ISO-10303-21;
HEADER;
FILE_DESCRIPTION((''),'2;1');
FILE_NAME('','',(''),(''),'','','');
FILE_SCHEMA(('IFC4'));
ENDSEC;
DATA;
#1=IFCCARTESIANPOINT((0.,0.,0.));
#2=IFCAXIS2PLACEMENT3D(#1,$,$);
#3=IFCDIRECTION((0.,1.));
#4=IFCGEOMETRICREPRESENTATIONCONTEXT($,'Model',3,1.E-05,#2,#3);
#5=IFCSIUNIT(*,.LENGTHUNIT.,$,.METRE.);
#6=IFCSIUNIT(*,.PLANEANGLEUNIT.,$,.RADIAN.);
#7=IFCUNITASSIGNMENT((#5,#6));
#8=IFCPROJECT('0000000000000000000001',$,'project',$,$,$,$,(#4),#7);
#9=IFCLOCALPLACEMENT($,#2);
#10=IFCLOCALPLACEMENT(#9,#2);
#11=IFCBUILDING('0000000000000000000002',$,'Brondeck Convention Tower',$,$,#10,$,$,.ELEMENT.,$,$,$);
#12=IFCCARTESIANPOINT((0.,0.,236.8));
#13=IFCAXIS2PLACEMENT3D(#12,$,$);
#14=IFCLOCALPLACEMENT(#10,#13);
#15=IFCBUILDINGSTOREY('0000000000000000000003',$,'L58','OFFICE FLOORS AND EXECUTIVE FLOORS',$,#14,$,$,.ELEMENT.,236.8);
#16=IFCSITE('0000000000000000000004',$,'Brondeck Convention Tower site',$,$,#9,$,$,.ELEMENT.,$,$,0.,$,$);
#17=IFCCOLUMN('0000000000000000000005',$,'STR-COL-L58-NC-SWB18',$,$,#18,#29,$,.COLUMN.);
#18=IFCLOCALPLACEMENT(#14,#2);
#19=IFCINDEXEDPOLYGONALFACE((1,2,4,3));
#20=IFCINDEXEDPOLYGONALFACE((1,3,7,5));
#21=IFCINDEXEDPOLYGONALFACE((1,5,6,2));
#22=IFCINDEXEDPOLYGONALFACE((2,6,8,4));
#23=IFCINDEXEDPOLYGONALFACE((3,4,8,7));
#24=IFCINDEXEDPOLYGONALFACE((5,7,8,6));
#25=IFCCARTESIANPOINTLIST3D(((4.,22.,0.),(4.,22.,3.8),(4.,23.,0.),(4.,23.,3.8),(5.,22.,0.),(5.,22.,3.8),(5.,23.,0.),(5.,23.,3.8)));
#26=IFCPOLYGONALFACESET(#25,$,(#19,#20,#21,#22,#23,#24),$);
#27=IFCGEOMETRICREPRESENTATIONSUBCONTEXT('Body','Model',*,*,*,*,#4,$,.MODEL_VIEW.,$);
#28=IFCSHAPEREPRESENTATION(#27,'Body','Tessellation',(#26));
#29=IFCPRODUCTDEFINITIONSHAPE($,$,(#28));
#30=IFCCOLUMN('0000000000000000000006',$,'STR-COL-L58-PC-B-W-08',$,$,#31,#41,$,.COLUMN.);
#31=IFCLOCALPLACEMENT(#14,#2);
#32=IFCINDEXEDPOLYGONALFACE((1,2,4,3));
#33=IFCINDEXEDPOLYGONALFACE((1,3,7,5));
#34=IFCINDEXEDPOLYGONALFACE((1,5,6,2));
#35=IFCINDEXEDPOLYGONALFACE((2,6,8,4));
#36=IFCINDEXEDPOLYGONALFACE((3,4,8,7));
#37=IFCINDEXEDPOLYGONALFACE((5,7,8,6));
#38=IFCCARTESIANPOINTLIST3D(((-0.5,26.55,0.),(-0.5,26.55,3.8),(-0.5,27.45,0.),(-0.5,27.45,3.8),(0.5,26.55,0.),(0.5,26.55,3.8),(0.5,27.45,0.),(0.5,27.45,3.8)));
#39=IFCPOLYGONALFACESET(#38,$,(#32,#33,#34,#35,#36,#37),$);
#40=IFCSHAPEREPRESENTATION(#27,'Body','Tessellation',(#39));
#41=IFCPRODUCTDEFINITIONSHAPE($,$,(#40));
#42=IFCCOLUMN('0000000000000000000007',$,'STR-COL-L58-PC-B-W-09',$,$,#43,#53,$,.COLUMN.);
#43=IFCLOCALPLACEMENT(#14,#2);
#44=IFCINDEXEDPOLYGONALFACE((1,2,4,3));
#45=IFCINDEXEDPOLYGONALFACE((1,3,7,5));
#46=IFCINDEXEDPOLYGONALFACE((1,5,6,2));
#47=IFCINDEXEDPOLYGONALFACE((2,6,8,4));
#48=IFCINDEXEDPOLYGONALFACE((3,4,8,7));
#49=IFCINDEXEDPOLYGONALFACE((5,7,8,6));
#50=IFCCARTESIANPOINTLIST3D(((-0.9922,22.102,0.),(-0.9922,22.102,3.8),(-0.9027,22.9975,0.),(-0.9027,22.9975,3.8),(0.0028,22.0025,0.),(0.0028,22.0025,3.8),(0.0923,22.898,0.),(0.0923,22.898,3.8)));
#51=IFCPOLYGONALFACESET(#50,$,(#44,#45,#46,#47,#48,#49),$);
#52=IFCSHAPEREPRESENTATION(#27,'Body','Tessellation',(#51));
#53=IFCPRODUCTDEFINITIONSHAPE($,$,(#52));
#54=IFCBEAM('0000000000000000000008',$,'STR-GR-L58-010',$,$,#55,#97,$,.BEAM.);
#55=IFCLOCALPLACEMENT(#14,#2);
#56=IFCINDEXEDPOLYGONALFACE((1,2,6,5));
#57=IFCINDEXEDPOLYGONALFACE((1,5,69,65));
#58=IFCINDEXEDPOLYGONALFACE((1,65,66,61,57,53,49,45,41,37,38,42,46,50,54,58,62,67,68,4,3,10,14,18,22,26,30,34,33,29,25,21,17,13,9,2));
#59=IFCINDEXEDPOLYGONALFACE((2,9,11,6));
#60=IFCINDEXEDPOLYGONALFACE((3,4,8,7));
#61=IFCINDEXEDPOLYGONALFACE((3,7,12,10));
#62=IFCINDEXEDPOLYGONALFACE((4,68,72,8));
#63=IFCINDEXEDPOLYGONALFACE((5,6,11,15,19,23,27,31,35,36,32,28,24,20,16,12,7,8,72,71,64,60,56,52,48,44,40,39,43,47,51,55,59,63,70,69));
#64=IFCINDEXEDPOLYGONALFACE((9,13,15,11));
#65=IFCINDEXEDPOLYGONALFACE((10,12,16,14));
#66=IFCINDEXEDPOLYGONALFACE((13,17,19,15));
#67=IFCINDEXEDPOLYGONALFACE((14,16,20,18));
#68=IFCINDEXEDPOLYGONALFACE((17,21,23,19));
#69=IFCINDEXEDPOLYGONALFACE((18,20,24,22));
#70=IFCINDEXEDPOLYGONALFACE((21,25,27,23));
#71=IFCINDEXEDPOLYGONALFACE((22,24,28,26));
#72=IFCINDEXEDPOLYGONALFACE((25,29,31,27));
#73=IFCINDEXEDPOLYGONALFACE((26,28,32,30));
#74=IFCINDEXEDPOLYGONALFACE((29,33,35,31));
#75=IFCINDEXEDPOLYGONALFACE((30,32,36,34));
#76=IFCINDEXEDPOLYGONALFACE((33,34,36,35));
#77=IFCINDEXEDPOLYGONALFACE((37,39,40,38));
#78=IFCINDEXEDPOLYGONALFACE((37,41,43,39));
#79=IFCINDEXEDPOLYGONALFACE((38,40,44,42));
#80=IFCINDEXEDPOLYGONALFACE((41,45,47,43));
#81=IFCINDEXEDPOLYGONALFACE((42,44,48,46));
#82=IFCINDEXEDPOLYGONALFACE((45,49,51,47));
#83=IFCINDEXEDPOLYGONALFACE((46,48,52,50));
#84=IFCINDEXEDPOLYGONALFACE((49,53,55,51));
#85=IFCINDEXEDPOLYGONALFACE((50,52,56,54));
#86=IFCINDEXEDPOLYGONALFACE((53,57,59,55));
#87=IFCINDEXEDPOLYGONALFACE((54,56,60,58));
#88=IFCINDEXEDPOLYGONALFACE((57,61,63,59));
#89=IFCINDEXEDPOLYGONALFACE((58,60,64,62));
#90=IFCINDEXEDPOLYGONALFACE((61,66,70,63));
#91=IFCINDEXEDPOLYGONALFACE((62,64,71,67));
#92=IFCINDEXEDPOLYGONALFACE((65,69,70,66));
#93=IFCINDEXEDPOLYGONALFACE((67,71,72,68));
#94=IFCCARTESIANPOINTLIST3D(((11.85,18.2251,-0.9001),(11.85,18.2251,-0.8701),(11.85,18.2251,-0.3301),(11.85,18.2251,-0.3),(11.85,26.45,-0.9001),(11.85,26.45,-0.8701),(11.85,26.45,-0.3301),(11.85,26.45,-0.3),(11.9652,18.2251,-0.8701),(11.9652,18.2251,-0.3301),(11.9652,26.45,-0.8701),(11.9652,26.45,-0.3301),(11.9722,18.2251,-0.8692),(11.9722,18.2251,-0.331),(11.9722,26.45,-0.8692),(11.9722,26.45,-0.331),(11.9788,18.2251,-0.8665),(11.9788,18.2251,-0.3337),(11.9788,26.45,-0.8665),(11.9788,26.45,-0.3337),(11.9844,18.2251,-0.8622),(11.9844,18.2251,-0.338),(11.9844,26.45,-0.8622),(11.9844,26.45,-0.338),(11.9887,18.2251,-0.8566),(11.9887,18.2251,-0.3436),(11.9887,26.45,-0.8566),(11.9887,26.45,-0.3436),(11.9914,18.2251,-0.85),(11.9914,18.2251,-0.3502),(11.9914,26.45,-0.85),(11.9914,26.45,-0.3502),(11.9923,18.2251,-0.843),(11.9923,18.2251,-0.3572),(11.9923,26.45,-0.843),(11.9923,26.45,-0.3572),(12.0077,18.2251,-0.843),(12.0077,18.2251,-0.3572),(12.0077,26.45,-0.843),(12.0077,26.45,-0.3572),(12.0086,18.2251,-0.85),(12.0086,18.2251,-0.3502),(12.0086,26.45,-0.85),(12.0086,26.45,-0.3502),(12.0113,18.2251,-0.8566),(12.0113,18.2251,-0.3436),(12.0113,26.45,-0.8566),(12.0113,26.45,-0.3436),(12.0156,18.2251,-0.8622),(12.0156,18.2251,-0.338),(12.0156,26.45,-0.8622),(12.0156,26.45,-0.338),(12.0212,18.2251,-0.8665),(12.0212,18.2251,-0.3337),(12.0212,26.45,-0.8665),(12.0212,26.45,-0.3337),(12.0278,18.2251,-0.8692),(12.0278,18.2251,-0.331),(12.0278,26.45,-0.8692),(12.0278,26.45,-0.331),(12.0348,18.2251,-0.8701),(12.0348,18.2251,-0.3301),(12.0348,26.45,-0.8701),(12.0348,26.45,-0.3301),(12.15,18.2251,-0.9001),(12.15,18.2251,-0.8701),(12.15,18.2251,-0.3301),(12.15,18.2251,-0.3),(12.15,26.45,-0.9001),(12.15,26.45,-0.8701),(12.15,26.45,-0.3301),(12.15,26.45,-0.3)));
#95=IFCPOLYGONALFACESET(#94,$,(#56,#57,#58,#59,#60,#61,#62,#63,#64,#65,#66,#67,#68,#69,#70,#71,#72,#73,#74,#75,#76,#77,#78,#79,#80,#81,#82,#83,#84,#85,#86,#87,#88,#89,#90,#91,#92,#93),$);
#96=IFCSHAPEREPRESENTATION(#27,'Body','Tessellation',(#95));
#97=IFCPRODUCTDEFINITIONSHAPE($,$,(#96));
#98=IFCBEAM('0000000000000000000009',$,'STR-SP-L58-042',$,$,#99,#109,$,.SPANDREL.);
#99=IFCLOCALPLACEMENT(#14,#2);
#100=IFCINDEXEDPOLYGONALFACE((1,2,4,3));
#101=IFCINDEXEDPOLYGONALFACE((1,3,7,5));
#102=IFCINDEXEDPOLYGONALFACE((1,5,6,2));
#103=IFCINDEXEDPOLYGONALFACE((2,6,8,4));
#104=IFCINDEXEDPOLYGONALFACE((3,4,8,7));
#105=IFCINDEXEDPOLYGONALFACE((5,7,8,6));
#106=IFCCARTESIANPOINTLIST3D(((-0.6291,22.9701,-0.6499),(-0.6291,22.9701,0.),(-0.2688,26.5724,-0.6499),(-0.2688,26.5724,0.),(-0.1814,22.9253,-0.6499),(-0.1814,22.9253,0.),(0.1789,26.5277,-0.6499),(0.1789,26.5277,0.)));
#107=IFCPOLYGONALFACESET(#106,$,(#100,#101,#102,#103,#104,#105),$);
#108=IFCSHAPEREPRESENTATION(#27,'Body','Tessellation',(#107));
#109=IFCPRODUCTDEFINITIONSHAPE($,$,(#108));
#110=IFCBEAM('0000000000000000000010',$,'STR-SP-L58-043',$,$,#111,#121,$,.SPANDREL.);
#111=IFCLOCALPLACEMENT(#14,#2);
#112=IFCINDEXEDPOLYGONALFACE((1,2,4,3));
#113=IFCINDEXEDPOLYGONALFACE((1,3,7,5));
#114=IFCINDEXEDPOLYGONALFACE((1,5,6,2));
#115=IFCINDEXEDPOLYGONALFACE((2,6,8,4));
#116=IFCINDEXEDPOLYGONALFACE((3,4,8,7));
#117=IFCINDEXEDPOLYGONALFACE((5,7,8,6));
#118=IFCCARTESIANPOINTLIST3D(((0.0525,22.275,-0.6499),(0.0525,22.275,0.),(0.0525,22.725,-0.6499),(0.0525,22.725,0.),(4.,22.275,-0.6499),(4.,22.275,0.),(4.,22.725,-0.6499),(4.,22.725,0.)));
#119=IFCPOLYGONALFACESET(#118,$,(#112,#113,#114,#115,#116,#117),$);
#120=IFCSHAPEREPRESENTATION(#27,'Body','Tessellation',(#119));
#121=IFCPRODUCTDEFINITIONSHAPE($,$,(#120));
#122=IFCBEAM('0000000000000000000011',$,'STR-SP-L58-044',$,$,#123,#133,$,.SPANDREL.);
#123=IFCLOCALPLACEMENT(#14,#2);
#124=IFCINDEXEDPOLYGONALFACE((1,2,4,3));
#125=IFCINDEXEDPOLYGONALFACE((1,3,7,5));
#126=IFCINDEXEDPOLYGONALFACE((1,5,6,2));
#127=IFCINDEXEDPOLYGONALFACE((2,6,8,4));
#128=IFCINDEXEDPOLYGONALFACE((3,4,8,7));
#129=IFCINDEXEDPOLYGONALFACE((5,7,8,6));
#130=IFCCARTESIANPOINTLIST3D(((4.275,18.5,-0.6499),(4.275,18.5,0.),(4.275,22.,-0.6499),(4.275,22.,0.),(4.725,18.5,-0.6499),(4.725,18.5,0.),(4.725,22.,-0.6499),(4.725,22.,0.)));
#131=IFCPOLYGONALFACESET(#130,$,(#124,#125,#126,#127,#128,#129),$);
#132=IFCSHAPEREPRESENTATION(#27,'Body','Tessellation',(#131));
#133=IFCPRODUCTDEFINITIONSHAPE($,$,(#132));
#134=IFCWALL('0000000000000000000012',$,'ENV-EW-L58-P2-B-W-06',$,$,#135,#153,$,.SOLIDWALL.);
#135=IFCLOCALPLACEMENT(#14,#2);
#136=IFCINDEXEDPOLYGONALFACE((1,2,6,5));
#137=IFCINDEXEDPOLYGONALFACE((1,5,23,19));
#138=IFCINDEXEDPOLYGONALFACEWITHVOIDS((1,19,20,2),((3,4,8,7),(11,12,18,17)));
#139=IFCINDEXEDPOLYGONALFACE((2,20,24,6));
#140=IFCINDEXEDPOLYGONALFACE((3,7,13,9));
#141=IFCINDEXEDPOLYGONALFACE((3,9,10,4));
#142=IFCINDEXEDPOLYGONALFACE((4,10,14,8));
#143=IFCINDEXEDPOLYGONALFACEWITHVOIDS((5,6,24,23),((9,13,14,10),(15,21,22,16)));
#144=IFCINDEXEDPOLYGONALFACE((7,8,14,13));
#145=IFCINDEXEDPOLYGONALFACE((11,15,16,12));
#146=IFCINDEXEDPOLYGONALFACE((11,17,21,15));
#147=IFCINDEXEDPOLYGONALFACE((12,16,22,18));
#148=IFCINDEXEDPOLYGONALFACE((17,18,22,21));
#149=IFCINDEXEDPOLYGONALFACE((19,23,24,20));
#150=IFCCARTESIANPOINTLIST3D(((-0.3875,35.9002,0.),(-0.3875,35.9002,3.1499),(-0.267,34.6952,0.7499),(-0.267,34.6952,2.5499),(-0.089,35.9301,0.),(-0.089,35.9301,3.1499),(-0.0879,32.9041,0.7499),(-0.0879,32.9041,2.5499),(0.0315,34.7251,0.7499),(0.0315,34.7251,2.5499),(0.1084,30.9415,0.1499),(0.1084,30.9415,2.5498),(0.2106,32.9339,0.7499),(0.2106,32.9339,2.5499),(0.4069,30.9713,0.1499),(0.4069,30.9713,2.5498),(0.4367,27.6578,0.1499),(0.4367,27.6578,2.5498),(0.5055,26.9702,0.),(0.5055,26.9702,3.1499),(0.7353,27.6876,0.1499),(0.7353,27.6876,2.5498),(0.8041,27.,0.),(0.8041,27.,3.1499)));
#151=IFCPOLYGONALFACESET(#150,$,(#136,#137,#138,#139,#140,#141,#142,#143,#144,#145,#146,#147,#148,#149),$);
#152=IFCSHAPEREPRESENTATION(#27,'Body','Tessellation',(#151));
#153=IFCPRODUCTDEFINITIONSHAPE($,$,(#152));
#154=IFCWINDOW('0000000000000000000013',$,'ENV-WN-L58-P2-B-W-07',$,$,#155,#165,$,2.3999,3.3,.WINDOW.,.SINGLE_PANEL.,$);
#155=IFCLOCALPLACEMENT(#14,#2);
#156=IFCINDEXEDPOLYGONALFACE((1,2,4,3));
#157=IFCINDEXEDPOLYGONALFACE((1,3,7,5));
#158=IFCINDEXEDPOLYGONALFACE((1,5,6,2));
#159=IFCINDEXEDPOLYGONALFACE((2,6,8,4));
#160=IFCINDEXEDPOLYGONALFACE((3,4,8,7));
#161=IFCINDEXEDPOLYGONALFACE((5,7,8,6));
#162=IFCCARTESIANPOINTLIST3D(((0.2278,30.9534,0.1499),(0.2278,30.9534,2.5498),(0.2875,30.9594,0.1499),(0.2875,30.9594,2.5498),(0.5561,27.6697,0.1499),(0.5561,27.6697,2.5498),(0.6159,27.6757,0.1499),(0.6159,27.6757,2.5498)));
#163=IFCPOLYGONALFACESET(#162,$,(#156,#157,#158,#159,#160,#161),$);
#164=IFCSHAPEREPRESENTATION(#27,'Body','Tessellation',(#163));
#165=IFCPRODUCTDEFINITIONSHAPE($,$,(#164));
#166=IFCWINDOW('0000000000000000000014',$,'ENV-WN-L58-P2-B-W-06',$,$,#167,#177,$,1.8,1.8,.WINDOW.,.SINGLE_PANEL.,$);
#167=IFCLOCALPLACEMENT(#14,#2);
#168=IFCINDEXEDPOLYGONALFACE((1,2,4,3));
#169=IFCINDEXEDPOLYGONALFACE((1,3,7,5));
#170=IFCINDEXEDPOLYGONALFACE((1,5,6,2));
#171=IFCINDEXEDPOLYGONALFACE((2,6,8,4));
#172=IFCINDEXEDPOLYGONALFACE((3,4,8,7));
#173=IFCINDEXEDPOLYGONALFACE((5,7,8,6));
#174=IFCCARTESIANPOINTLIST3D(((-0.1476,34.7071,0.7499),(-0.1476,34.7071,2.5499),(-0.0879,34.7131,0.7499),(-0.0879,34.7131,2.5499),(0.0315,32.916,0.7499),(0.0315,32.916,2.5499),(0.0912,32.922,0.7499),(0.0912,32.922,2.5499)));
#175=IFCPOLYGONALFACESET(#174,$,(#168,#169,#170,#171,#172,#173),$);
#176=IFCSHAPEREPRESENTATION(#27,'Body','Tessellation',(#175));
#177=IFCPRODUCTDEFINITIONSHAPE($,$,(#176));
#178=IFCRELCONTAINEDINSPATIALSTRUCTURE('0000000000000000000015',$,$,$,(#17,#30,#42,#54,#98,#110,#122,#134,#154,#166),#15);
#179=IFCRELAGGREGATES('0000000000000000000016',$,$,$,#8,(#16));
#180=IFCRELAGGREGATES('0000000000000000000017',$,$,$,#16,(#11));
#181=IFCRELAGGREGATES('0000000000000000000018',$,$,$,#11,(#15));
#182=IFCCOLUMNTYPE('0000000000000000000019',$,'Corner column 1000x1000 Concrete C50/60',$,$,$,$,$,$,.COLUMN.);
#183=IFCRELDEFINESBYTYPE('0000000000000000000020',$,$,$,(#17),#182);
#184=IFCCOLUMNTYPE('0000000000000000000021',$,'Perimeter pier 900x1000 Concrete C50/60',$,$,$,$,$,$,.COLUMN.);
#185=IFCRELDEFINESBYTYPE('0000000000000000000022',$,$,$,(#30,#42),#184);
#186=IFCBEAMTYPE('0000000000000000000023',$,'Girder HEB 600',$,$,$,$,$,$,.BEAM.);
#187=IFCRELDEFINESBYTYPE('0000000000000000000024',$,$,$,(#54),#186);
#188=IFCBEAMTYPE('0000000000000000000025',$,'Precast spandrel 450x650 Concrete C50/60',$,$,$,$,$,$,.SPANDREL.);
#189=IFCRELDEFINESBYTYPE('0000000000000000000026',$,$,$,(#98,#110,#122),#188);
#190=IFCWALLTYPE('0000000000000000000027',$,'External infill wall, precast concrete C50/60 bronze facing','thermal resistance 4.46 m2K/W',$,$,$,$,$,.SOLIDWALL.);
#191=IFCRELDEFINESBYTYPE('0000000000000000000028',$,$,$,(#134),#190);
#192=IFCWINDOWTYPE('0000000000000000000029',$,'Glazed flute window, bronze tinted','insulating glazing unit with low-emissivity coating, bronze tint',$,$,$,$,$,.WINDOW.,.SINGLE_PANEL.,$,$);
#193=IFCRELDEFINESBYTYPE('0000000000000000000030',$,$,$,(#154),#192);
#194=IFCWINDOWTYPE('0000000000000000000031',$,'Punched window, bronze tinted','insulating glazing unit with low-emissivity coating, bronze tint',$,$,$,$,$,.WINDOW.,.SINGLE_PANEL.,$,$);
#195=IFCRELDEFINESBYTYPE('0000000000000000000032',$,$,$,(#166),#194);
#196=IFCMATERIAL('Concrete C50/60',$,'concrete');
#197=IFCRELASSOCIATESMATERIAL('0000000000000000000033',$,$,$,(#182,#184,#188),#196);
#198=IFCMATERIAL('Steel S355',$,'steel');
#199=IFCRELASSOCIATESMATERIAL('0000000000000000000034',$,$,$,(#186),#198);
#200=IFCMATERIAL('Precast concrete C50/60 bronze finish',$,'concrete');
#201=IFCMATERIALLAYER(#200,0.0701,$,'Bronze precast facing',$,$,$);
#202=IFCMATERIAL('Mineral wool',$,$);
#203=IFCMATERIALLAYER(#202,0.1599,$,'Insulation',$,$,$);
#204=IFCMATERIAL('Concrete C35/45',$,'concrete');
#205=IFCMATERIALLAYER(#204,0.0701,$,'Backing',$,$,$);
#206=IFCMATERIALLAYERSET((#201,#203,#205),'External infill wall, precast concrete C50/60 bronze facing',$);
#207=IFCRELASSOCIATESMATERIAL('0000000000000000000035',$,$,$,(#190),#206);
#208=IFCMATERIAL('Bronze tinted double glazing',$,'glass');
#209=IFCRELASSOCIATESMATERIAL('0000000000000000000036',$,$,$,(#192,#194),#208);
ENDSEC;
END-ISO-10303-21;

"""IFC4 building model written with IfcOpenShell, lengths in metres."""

from ifc_helpers import new_model, si_unit, direction, frame, frame_2d, origin, origin_2d, place, context, subcontext, project, spatial, rectangle, i_section, extrude, material, layer, layer_set, material_profile, profile_set, type_object, element, fill, save


model = new_model("IFC4")

# Units and contexts
model_context = context("Model", 3, precision=1e-05, world=origin(), true_north=direction((0.0, 1.0)))
body_context = subcontext(model_context, "Body", "Model", "MODEL_VIEW")
ifc_project = project(units=[si_unit("LENGTHUNIT", "METRE"), si_unit("PLANEANGLEUNIT", "RADIAN")], contexts=[model_context])

# Site, building, storey
site_placement = place(None, origin())
site = spatial("IfcSite", under=ifc_project, at=site_placement, Name="Brondeck Convention Tower site", CompositionType="ELEMENT", RefElevation=0.0)
building_placement = place(site_placement, origin())
building = spatial("IfcBuilding", under=site, at=building_placement, Name="Brondeck Convention Tower", CompositionType="ELEMENT")
storey_placement = place(building_placement, frame((0.0, 0.0, 236.8)))
storey = spatial("IfcBuildingStorey", under=building, at=storey_placement, Name="L58", Description="OFFICE FLOORS AND EXECUTIVE FLOORS", CompositionType="ELEMENT", Elevation=236.8)

# Columns
ifc_material_1 = material(Name="Concrete C50/60", Category="concrete")
ifc_material_profile_1 = material_profile(ifc_material_1, rectangle(XDim=1.0, YDim=1.0, at=origin_2d()), Name="Corner column 1000x1000 Concrete C50/60")
ifc_profile_set_1 = profile_set([ifc_material_profile_1], Name="Concrete C50/60")
column_type_1 = type_object("IfcColumnType", Name="Corner column 1000x1000 Concrete C50/60", PredefinedType="COLUMN", material=ifc_profile_set_1)
column_placement = place(storey_placement, frame((4.5, 22.5, 0.0), z_axis=(0.0, 0.0, 1.0), x_axis=(1.0, 0.0, 0.0)))
element("IfcColumn", 1, at=column_placement, inside=storey, type_object=column_type_1, Name="STR-COL-L58-NC-SWB18", PredefinedType="COLUMN", context=body_context, shape_type="SweptSolid", body=[
    extrude(rectangle(XDim=1.0, YDim=1.0, at=origin_2d()), origin(), (0.0, 0.0, 1.0), 3.8),
])
ifc_material_profile_2 = material_profile(ifc_material_1, rectangle(XDim=0.8999, YDim=1.0, at=origin_2d()), Name="Perimeter pier 900x1000 Concrete C50/60")
ifc_profile_set_2 = profile_set([ifc_material_profile_2], Name="Concrete C50/60")
column_type_2 = type_object("IfcColumnType", Name="Perimeter pier 900x1000 Concrete C50/60", PredefinedType="COLUMN", material=ifc_profile_set_2)
for number, where, z_axis, x_axis, name in (
    (2, (0.0, 27.0, 0.0), (0.0, 0.0, 1.0), (0.0, -1.0, 0.0), "STR-COL-L58-PC-B-W-08"),
    (3, (-0.45, 22.5, 0.0), (0.0, 0.0, 1.0), (-0.099504, -0.995037, 0.0), "STR-COL-L58-PC-B-W-09"),
):
    element("IfcColumn", number, at=place(storey_placement, frame(where, z_axis=z_axis, x_axis=x_axis)), inside=storey, type_object=column_type_2, Name=name, PredefinedType="COLUMN", context=body_context, shape_type="SweptSolid", body=[
        extrude(rectangle(XDim=0.8999, YDim=1.0, at=origin_2d()), origin(), (0.0, 0.0, 1.0), 3.8),
    ])

# Beams
ifc_material_2 = material(Name="Steel S355", Category="steel")
ifc_material_profile_3 = material_profile(ifc_material_2, i_section(OverallWidth=0.3, OverallDepth=0.6001, WebThickness=0.0154, FlangeThickness=0.03, FilletRadius=0.0271, at=origin_2d()), Name="HEB 600")
ifc_profile_set_3 = profile_set([ifc_material_profile_3], Name="Steel S355")
beam_type_1 = type_object("IfcBeamType", Name="Girder HEB 600", PredefinedType="BEAM", material=ifc_profile_set_3)
beam_1_placement = place(storey_placement, frame((12.0, 26.45, -0.6001), z_axis=(0.0, -1.0, 0.0), x_axis=(1.0, 0.0, 0.0)))
element("IfcBeam", 4, at=beam_1_placement, inside=storey, type_object=beam_type_1, Name="STR-GR-L58-010", PredefinedType="BEAM", context=body_context, shape_type="SweptSolid", body=[
    extrude(i_section(OverallWidth=0.3, OverallDepth=0.6001, WebThickness=0.0154, FlangeThickness=0.03, FilletRadius=0.0271, at=origin_2d()), origin(), (0.0, 0.0, 1.0), 8.2249),
])
ifc_material_profile_4 = material_profile(ifc_material_1, rectangle(XDim=0.45, YDim=0.6499, at=origin_2d()), Name="Precast spandrel 450x650 Concrete C50/60")
ifc_profile_set_4 = profile_set([ifc_material_profile_4], Name="Concrete C50/60")
beam_type_2 = type_object("IfcBeamType", Name="Precast spandrel 450x650 Concrete C50/60", PredefinedType="SPANDREL", material=ifc_profile_set_4)
beam_2_placement = place(storey_placement, frame((-0.0449, 26.55, -0.325), z_axis=(-0.099537, -0.995034, 0.0), x_axis=(0.995034, -0.099537, 0.0)))
element("IfcBeam", 5, at=beam_2_placement, inside=storey, type_object=beam_type_2, Name="STR-SP-L58-042", PredefinedType="SPANDREL", context=body_context, shape_type="SweptSolid", body=[
    extrude(rectangle(XDim=0.45, YDim=0.6499, at=origin_2d()), origin(), (0.0, 0.0, 1.0), 3.6204),
])
beam_3_placement = place(storey_placement, frame((0.0525, 22.5, -0.325), z_axis=(1.0, 0.0, 0.0), x_axis=(0.0, 1.0, 0.0)))
element("IfcBeam", 6, at=beam_3_placement, inside=storey, type_object=beam_type_2, Name="STR-SP-L58-043", PredefinedType="SPANDREL", context=body_context, shape_type="SweptSolid", body=[
    extrude(rectangle(XDim=0.45, YDim=0.6499, at=origin_2d()), origin(), (0.0, 0.0, 1.0), 3.9475),
])
beam_4_placement = place(storey_placement, frame((4.5, 22.0, -0.325), z_axis=(0.0, -1.0, 0.0), x_axis=(1.0, 0.0, 0.0)))
element("IfcBeam", 7, at=beam_4_placement, inside=storey, type_object=beam_type_2, Name="STR-SP-L58-044", PredefinedType="SPANDREL", context=body_context, shape_type="SweptSolid", body=[
    extrude(rectangle(XDim=0.45, YDim=0.6499, at=origin_2d()), origin(), (0.0, 0.0, 1.0), 3.5),
])

# Wall, openings, windows
ifc_material_3 = material(Name="Precast concrete C50/60 bronze finish", Category="concrete")
ifc_layer_1 = layer(ifc_material_3, 0.0701, Name="Bronze precast facing")
ifc_material_4 = material(Name="Mineral wool")
ifc_layer_2 = layer(ifc_material_4, 0.1599, Name="Insulation")
ifc_material_5 = material(Name="Concrete C35/45", Category="concrete")
ifc_layer_3 = layer(ifc_material_5, 0.0701, Name="Backing")
ifc_layer_set_1 = layer_set([ifc_layer_1, ifc_layer_2, ifc_layer_3], Name="External infill wall, precast concrete C50/60 bronze facing")
wall_type_1 = type_object("IfcWallType", Name="External infill wall, precast concrete C50/60 bronze facing", Description="thermal resistance 4.46 m2K/W", PredefinedType="SOLIDWALL", material=ifc_layer_set_1)
wall_1_placement = place(storey_placement, frame((0.6548, 26.9851, 0.0), z_axis=(0.0, 0.0, 1.0), x_axis=(-0.099509, 0.995037, 0.0)))
wall_1 = element("IfcWall", 8, at=wall_1_placement, inside=storey, type_object=wall_type_1, Name="ENV-EW-L58-P2-B-W-06", PredefinedType="SOLIDWALL", context=body_context, shape_type="SweptSolid", body=[
    extrude(rectangle(XDim=8.9746, YDim=0.3, at=frame_2d((4.4873, 0.0))), origin(), (0.0, 0.0, 1.0), 3.1499),
])
opening_1_placement = place(wall_1_placement, frame((0.6912, 0.0, 0.1499)))
opening_1 = element("IfcOpeningElement", 9, at=opening_1_placement, cuts=wall_1, PredefinedType="OPENING", context=body_context, shape_type="SweptSolid", body=[
    extrude(rectangle(XDim=3.3, YDim=2.3999, at=frame_2d((1.6499, 1.2))), frame((0.0, 0.1599, 0.0), z_axis=(0.0, -1.0, 0.0), x_axis=(1.0, 0.0, 0.0)), (0.0, 0.0, 1.0), 0.3201),
])
opening_2_placement = place(wall_1_placement, frame((5.9636, 0.0, 0.75)))
opening_2 = element("IfcOpeningElement", 10, at=opening_2_placement, cuts=wall_1, PredefinedType="OPENING", context=body_context, shape_type="SweptSolid", body=[
    extrude(rectangle(XDim=1.8, YDim=1.8, at=frame_2d((0.8999, 0.8999))), frame((0.0, 0.1599, 0.0), z_axis=(0.0, -1.0, 0.0), x_axis=(1.0, 0.0, 0.0)), (0.0, 0.0, 1.0), 0.3201),
])
ifc_material_6 = material(Name="Bronze tinted double glazing", Category="glass")
window_type_1 = type_object("IfcWindowType", Name="Glazed flute window, bronze tinted", Description="insulating glazing unit with low-emissivity coating, bronze tint", PartitioningType="SINGLE_PANEL", PredefinedType="WINDOW", material=ifc_material_6)
window_1_placement = place(opening_1_placement, origin())
window_1 = element("IfcWindow", 11, at=window_1_placement, inside=storey, type_object=window_type_1, Name="ENV-WN-L58-P2-B-W-07", OverallHeight=2.3999, OverallWidth=3.3, PartitioningType="SINGLE_PANEL", PredefinedType="WINDOW", context=body_context, shape_type="SweptSolid", body=[
    extrude(rectangle(XDim=3.3, YDim=2.3999, at=frame_2d((1.6499, 1.2))), frame((0.0, 0.03, 0.0), z_axis=(0.0, -1.0, 0.0), x_axis=(1.0, 0.0, 0.0)), (0.0, 0.0, 1.0), 0.0601),
])
fill(opening_1, window_1)
window_type_2 = type_object("IfcWindowType", Name="Punched window, bronze tinted", Description="insulating glazing unit with low-emissivity coating, bronze tint", PartitioningType="SINGLE_PANEL", PredefinedType="WINDOW", material=ifc_material_6)
window_2_placement = place(opening_2_placement, origin())
window_2 = element("IfcWindow", 12, at=window_2_placement, inside=storey, type_object=window_type_2, Name="ENV-WN-L58-P2-B-W-06", OverallHeight=1.8, OverallWidth=1.8, PartitioningType="SINGLE_PANEL", PredefinedType="WINDOW", context=body_context, shape_type="SweptSolid", body=[
    extrude(rectangle(XDim=1.8, YDim=1.8, at=frame_2d((0.8999, 0.8999))), frame((0.0, 0.03, 0.0), z_axis=(0.0, -1.0, 0.0), x_axis=(1.0, 0.0, 0.0)), (0.0, 0.0, 1.0), 0.0601),
])
fill(opening_2, window_2)

save(model, "model.ifc")
